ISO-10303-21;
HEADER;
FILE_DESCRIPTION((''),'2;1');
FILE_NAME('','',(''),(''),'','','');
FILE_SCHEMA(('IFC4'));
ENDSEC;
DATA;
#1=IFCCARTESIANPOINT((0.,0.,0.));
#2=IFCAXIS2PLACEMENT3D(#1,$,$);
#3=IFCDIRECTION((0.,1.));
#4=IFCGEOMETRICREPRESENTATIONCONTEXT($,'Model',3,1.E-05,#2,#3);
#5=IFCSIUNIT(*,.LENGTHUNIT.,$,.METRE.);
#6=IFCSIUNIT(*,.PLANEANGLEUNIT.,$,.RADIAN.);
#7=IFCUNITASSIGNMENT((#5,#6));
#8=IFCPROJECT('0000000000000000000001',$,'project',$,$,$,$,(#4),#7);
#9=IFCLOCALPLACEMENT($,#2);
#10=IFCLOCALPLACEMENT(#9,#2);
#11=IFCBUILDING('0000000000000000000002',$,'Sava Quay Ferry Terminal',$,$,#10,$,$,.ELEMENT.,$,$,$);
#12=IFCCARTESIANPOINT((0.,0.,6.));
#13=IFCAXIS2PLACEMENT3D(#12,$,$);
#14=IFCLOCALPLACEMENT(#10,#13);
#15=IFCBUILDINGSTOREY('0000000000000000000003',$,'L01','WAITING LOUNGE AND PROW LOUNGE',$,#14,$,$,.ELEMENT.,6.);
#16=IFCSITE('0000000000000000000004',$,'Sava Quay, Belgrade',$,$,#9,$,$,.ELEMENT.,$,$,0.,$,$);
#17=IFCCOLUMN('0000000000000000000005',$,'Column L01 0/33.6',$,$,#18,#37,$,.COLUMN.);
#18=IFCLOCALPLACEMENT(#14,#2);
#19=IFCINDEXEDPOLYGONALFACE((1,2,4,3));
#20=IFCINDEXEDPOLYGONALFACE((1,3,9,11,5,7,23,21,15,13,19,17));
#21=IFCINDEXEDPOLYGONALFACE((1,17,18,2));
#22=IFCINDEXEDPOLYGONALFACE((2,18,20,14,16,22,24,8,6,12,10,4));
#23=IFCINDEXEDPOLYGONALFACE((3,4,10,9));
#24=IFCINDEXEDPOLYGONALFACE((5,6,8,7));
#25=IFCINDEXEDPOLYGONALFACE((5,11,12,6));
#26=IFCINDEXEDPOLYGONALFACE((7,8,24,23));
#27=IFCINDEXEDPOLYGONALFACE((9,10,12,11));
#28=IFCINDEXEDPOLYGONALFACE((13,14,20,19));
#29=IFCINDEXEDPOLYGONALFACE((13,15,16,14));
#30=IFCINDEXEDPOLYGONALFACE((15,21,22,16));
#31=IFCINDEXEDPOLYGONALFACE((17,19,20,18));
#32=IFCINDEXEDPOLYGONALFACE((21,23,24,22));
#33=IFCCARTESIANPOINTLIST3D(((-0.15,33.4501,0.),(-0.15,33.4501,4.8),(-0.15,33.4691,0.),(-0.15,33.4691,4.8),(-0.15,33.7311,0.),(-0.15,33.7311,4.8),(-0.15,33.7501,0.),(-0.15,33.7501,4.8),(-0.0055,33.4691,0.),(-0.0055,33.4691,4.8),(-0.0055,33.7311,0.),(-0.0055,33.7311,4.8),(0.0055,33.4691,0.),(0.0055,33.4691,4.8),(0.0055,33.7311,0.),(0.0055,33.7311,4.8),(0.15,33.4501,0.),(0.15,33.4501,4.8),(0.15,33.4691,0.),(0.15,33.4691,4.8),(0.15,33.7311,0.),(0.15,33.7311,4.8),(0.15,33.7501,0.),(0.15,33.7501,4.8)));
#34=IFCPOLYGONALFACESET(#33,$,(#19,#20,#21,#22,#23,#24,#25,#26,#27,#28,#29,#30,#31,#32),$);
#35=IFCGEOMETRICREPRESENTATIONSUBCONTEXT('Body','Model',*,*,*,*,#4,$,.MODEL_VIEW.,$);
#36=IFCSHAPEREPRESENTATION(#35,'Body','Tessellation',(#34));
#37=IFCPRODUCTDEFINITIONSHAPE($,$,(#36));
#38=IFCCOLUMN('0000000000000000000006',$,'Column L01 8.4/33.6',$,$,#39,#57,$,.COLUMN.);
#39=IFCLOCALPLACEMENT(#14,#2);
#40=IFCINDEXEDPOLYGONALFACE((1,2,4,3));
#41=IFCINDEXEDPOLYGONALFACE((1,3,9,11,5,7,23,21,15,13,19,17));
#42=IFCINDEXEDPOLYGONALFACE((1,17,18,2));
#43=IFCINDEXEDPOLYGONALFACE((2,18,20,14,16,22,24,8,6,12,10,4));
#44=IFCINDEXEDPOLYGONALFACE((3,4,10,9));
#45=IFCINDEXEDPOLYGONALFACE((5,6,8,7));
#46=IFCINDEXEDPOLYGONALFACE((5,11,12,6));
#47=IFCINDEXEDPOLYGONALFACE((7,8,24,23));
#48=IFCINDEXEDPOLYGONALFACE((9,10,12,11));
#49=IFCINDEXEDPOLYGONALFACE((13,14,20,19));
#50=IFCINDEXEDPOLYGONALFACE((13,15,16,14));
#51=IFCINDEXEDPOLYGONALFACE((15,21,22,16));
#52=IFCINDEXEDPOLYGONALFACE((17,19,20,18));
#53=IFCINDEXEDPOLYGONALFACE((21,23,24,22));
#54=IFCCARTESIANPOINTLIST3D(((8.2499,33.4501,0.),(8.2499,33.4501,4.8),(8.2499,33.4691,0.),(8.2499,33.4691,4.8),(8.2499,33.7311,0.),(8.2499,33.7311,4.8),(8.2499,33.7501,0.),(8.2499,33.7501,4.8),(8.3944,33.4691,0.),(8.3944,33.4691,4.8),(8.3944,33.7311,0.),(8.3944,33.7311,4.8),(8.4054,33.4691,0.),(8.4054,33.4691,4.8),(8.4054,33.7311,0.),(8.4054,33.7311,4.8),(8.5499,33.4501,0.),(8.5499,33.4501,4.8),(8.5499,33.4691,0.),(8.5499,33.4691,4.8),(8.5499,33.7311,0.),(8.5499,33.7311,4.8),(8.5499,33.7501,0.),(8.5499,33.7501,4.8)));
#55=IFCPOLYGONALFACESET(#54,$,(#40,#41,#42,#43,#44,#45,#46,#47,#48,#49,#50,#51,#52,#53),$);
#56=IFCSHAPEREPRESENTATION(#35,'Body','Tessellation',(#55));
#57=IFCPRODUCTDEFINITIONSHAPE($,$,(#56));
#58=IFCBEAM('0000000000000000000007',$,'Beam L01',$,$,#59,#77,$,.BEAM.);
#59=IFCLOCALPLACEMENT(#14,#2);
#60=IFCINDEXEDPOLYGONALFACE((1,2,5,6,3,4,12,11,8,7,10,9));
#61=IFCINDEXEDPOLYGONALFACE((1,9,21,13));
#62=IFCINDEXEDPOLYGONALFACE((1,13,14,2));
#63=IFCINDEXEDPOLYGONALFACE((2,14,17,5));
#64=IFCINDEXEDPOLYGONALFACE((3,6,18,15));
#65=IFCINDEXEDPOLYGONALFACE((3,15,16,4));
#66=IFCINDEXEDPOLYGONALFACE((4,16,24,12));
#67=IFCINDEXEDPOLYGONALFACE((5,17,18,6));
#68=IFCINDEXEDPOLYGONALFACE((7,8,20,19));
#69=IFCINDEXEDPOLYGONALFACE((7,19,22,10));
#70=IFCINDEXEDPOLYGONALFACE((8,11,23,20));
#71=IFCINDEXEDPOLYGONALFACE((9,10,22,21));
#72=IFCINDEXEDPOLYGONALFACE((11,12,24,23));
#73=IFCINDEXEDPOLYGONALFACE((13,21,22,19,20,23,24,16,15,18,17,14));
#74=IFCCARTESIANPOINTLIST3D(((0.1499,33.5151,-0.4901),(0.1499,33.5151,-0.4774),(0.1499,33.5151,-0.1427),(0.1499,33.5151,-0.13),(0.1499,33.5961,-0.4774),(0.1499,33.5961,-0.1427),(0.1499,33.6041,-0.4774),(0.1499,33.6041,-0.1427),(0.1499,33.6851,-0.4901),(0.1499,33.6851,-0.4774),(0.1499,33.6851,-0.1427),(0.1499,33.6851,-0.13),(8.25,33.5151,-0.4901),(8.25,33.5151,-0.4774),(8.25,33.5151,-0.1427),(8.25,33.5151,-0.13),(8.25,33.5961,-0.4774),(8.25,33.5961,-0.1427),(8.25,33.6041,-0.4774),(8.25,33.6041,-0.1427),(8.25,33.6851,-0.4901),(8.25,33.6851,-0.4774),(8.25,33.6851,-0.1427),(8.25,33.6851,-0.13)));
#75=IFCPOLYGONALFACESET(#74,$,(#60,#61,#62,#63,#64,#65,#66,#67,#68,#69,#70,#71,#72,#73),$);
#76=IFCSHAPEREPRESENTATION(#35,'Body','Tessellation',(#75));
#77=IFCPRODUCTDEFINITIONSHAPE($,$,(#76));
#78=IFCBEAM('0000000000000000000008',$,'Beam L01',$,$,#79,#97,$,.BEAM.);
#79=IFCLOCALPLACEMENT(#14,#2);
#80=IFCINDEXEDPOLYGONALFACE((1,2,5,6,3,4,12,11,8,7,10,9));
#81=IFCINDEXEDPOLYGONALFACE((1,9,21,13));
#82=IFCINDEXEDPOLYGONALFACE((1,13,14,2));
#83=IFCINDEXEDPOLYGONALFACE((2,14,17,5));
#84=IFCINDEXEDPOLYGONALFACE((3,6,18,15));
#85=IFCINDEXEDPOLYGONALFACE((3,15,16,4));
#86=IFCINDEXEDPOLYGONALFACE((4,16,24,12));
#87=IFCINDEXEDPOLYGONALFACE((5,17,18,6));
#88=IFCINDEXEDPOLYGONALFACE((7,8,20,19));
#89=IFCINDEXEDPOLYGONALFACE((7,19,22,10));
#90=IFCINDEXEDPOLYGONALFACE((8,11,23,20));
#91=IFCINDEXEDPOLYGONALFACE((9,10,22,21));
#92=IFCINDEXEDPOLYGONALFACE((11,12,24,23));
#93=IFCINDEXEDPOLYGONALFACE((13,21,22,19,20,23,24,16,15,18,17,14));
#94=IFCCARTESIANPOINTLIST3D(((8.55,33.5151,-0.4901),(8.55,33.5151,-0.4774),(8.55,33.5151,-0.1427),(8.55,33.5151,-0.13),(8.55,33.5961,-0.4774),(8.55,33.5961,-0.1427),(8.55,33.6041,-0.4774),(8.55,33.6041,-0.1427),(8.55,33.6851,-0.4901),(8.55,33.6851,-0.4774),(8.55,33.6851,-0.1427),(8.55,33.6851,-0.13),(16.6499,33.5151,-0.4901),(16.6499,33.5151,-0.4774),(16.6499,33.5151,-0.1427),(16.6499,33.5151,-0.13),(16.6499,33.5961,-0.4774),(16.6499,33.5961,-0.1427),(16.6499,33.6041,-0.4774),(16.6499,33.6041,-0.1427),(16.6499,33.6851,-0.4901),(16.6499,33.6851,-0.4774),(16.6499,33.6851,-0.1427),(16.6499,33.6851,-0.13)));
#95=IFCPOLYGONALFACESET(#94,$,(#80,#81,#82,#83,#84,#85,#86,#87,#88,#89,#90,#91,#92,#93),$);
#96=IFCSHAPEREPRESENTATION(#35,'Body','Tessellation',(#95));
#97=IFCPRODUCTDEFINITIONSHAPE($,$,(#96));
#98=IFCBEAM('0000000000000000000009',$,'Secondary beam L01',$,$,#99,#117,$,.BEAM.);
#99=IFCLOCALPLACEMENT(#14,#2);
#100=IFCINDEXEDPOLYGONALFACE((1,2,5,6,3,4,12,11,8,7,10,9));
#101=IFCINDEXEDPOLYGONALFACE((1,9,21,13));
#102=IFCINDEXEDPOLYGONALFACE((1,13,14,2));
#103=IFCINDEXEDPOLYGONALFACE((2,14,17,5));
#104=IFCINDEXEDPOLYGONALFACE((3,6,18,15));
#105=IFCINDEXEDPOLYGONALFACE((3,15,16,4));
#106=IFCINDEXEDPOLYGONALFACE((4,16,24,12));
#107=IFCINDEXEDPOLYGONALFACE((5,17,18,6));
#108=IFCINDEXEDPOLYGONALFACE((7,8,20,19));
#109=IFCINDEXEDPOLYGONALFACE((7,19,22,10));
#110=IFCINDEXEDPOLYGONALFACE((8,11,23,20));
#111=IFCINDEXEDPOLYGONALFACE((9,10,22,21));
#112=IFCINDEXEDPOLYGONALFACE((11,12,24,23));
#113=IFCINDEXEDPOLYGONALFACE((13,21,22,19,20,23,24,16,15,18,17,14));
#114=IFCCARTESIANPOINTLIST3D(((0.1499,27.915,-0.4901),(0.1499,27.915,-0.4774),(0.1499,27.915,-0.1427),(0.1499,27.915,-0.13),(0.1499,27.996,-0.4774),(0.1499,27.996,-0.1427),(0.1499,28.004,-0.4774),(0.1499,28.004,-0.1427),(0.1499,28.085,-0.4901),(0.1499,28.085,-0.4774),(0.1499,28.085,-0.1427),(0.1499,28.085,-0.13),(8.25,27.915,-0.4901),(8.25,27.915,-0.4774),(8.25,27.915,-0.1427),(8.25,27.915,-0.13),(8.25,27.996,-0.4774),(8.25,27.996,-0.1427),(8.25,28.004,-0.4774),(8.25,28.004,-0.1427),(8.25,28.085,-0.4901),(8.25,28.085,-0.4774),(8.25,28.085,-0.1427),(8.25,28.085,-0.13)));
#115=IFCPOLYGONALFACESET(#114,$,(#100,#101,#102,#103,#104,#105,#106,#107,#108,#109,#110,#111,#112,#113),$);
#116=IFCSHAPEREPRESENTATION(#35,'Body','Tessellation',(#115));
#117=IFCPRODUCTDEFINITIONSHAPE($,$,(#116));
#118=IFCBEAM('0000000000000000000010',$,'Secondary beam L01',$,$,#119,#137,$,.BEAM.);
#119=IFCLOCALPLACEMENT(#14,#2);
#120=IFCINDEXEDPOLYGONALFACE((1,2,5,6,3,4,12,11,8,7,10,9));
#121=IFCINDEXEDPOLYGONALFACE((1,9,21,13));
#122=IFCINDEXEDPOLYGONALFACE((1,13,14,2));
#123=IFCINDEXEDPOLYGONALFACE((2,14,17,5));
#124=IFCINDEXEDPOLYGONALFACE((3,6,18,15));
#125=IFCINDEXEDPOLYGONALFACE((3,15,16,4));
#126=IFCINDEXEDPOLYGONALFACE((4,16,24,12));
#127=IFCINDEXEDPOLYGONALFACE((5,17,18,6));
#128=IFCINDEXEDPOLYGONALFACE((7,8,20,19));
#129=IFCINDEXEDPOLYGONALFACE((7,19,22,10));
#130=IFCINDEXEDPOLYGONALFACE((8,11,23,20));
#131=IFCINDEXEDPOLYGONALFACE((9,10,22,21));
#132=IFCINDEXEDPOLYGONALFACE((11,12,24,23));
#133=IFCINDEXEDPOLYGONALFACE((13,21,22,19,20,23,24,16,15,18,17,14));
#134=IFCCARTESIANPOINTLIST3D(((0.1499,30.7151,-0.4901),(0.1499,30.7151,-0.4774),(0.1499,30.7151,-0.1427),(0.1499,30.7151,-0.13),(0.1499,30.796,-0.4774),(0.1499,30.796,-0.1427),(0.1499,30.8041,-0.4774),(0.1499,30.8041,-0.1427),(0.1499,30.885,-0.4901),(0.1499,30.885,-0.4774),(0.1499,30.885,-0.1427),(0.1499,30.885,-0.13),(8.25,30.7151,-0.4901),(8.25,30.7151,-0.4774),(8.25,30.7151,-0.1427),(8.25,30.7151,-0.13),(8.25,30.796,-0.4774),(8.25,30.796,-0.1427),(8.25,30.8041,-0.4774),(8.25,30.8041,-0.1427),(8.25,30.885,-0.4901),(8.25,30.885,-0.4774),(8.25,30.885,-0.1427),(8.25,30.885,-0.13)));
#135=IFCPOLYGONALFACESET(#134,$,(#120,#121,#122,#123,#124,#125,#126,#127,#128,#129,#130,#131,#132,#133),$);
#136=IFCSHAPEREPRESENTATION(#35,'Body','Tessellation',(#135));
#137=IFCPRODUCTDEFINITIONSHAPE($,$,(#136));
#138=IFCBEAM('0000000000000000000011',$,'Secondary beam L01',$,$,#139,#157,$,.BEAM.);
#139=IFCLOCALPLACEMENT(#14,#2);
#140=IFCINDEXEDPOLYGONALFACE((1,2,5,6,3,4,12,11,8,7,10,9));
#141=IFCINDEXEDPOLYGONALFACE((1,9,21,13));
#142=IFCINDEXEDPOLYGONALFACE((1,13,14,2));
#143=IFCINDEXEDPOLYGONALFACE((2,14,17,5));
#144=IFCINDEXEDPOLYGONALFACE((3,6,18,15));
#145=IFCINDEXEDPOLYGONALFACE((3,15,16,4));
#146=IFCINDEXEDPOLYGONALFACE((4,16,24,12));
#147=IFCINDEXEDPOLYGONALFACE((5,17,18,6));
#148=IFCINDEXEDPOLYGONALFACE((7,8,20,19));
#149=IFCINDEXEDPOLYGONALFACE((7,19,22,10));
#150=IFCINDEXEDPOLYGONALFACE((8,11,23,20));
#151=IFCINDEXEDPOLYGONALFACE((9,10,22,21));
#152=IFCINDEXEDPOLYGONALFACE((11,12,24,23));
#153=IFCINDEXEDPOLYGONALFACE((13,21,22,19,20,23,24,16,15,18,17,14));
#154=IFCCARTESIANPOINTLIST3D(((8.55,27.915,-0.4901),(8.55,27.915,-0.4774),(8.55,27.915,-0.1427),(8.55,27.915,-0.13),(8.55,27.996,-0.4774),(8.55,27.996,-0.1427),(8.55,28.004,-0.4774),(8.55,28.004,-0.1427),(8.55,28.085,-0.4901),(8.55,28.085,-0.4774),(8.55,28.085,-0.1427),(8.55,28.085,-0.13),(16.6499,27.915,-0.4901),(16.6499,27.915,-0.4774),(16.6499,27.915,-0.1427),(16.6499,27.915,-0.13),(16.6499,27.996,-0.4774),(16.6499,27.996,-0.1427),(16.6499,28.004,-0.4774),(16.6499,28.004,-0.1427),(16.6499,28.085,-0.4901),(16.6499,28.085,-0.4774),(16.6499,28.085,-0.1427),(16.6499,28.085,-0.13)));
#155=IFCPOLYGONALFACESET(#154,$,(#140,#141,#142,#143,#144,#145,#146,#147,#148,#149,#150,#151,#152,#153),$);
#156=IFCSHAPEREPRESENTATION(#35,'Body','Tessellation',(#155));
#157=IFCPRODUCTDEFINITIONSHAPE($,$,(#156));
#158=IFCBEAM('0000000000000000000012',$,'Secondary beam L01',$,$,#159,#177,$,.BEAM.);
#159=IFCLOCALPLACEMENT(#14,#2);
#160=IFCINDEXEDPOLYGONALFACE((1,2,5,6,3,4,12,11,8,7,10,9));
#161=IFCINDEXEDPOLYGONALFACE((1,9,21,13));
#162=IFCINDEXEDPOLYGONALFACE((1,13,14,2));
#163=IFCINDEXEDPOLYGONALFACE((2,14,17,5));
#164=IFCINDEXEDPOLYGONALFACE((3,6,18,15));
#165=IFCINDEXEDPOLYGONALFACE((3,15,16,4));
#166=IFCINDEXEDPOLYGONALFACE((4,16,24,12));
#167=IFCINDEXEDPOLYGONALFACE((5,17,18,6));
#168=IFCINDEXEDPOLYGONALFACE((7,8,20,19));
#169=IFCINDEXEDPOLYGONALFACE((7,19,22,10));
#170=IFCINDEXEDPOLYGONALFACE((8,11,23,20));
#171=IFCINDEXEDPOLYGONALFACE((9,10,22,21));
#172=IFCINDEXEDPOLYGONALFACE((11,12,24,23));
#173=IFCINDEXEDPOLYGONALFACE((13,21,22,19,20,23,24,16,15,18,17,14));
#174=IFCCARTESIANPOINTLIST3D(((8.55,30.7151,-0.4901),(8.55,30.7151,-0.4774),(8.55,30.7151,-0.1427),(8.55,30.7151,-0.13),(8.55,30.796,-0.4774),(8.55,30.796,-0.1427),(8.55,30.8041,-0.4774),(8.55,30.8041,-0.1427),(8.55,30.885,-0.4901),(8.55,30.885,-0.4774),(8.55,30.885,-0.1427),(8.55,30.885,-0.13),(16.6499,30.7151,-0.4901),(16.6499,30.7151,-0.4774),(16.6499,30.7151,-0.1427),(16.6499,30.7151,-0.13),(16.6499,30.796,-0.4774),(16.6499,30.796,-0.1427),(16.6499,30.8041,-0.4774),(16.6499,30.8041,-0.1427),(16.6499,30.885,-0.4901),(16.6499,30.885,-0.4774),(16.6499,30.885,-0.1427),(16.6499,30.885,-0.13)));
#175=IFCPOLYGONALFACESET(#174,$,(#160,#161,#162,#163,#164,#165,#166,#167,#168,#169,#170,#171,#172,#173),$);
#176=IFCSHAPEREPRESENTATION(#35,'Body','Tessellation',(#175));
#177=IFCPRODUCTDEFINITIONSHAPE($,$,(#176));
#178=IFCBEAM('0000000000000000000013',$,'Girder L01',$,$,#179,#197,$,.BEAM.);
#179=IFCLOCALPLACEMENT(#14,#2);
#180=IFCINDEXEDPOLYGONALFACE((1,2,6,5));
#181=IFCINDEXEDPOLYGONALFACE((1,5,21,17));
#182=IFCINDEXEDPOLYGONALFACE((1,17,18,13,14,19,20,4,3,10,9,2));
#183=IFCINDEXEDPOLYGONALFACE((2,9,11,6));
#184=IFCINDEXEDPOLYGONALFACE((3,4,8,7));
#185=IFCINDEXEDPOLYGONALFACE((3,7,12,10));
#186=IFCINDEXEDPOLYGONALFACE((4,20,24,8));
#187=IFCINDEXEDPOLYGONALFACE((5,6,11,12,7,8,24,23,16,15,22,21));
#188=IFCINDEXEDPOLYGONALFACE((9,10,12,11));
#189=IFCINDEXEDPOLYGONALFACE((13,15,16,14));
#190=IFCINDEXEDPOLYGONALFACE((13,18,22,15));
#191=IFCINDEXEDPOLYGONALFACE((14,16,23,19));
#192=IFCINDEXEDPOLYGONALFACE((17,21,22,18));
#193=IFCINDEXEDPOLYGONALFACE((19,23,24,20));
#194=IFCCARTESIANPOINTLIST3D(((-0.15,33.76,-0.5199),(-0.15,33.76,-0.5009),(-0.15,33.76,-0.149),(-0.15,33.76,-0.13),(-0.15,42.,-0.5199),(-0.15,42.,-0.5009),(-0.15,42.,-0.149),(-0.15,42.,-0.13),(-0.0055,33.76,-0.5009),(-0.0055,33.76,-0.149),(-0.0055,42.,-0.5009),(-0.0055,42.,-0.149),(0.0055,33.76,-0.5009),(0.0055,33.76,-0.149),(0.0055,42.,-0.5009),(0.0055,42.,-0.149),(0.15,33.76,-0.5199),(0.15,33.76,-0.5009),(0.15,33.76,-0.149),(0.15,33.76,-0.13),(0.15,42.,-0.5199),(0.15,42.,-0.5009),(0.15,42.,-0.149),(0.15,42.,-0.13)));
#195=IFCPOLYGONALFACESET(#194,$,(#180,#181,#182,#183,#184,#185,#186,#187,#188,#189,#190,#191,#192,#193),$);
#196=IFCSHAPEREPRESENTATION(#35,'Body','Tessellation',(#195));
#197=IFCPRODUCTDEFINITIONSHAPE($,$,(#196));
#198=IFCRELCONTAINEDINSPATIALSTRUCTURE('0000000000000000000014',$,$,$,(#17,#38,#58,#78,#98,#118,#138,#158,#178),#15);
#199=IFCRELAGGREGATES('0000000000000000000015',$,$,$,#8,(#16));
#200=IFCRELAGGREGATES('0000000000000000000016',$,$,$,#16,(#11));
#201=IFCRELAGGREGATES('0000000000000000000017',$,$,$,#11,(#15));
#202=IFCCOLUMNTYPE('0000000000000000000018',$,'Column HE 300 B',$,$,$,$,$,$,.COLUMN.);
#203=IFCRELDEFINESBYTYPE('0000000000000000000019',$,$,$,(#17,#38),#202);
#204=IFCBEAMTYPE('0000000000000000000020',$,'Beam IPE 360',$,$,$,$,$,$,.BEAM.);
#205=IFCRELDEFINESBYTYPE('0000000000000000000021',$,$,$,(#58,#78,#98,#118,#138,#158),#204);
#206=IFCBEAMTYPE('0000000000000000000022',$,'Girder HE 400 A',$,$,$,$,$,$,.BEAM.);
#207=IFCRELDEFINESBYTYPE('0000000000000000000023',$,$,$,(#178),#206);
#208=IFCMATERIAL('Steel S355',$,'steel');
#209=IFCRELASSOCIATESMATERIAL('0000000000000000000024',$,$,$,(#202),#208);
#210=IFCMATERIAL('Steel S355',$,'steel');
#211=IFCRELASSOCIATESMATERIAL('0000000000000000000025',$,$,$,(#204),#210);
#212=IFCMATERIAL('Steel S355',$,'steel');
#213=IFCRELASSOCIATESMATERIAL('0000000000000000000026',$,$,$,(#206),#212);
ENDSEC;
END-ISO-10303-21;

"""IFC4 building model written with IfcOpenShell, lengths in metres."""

from ifc_helpers import new_model, si_unit, direction, frame, origin, origin_2d, place, context, subcontext, project, spatial, i_section, extrude, material, material_profile, profile_set, type_object, element, save


model = new_model("IFC4")

# Units and contexts
model_context = context("Model", 3, precision=1e-05, world=origin(), true_north=direction((0.0, 1.0)))
body_context = subcontext(model_context, "Body", "Model", "MODEL_VIEW")
ifc_project = project(units=[si_unit("LENGTHUNIT", "METRE"), si_unit("PLANEANGLEUNIT", "RADIAN")], contexts=[model_context])

# Site, building, storey
site_placement = place(None, origin())
site = spatial("IfcSite", under=ifc_project, at=site_placement, Name="Sava Quay, Belgrade", CompositionType="ELEMENT", RefElevation=0.0)
building_placement = place(site_placement, origin())
building = spatial("IfcBuilding", under=site, at=building_placement, Name="Sava Quay Ferry Terminal", CompositionType="ELEMENT")
storey_placement = place(building_placement, frame((0.0, 0.0, 6.0)))
storey = spatial("IfcBuildingStorey", under=building, at=storey_placement, Name="L01", Description="WAITING LOUNGE AND PROW LOUNGE", CompositionType="ELEMENT", Elevation=6.0)

# Columns
ifc_material_1 = material(Name="Steel S355", Category="steel")
ifc_material_profile_1 = material_profile(ifc_material_1, i_section(OverallWidth=0.3, OverallDepth=0.3, WebThickness=0.011, FlangeThickness=0.019, at=origin_2d()), Name="HE 300 B")
ifc_profile_set_1 = profile_set([ifc_material_profile_1], Name="Steel S355")
column_type = type_object("IfcColumnType", Name="Column HE 300 B", PredefinedType="COLUMN", material=ifc_profile_set_1)
for number, where, z_axis, x_axis, name in (
    (1, (0.0, 33.6001, 0.0), (0.0, 0.0, 1.0), (1.0, 0.0, 0.0), "Column L01 0/33.6"),
    (2, (8.3999, 33.6001, 0.0), (0.0, 0.0, 1.0), (1.0, 0.0, 0.0), "Column L01 8.4/33.6"),
):
    element("IfcColumn", number, at=place(storey_placement, frame(where, z_axis=z_axis, x_axis=x_axis)), inside=storey, type_object=column_type, Name=name, PredefinedType="COLUMN", context=body_context, shape_type="SweptSolid", body=[
        extrude(i_section(OverallWidth=0.3, OverallDepth=0.3, WebThickness=0.011, FlangeThickness=0.019, at=origin_2d()), origin(), (0.0, 0.0, 1.0), 4.8),
    ])

# Beams
ifc_material_2 = material(Name="Steel S355", Category="steel")
ifc_material_profile_2 = material_profile(ifc_material_2, i_section(OverallWidth=0.1699, OverallDepth=0.3601, WebThickness=0.0081, FlangeThickness=0.0127, at=origin_2d()), Name="IPE 360")
ifc_profile_set_2 = profile_set([ifc_material_profile_2], Name="Steel S355")
beam_type_1 = type_object("IfcBeamType", Name="Beam IPE 360", PredefinedType="BEAM", material=ifc_profile_set_2)
beam_1_placement = place(storey_placement, frame((0.1499, 33.6001, -0.3101), z_axis=(1.0, 0.0, 0.0), x_axis=(0.0, 1.0, 0.0)))
element("IfcBeam", 3, at=beam_1_placement, inside=storey, type_object=beam_type_1, Name="Beam L01", PredefinedType="BEAM", context=body_context, shape_type="SweptSolid", body=[
    extrude(i_section(OverallWidth=0.1699, OverallDepth=0.3601, WebThickness=0.0081, FlangeThickness=0.0127, at=origin_2d()), origin(), (0.0, 0.0, 1.0), 8.1001),
])
beam_2_placement = place(storey_placement, frame((8.55, 33.6001, -0.3101), z_axis=(1.0, 0.0, 0.0), x_axis=(0.0, 1.0, 0.0)))
element("IfcBeam", 4, at=beam_2_placement, inside=storey, type_object=beam_type_1, Name="Beam L01", PredefinedType="BEAM", context=body_context, shape_type="SweptSolid", body=[
    extrude(i_section(OverallWidth=0.1699, OverallDepth=0.3601, WebThickness=0.0081, FlangeThickness=0.0127, at=origin_2d()), origin(), (0.0, 0.0, 1.0), 8.0999),
])
for number, where, z_axis, x_axis, name in (
    (5, (0.1499, 28.0, -0.3101), (1.0, 0.0, 0.0), (0.0, 1.0, 0.0), "Secondary beam L01"),
    (6, (0.1499, 30.8, -0.3101), (1.0, 0.0, 0.0), (0.0, 1.0, 0.0), "Secondary beam L01"),
):
    element("IfcBeam", number, at=place(storey_placement, frame(where, z_axis=z_axis, x_axis=x_axis)), inside=storey, type_object=beam_type_1, Name=name, PredefinedType="BEAM", context=body_context, shape_type="SweptSolid", body=[
        extrude(i_section(OverallWidth=0.1699, OverallDepth=0.3601, WebThickness=0.0081, FlangeThickness=0.0127, at=origin_2d()), origin(), (0.0, 0.0, 1.0), 8.1001),
    ])
for number, where, z_axis, x_axis, name in (
    (7, (8.55, 28.0, -0.3101), (1.0, 0.0, 0.0), (0.0, 1.0, 0.0), "Secondary beam L01"),
    (8, (8.55, 30.8, -0.3101), (1.0, 0.0, 0.0), (0.0, 1.0, 0.0), "Secondary beam L01"),
):
    element("IfcBeam", number, at=place(storey_placement, frame(where, z_axis=z_axis, x_axis=x_axis)), inside=storey, type_object=beam_type_1, Name=name, PredefinedType="BEAM", context=body_context, shape_type="SweptSolid", body=[
        extrude(i_section(OverallWidth=0.1699, OverallDepth=0.3601, WebThickness=0.0081, FlangeThickness=0.0127, at=origin_2d()), origin(), (0.0, 0.0, 1.0), 8.0999),
    ])
ifc_material_3 = material(Name="Steel S355", Category="steel")
ifc_material_profile_3 = material_profile(ifc_material_3, i_section(OverallWidth=0.3, OverallDepth=0.3899, WebThickness=0.011, FlangeThickness=0.019, at=origin_2d()), Name="HE 400 A")
ifc_profile_set_3 = profile_set([ifc_material_profile_3], Name="Steel S355")
beam_type_2 = type_object("IfcBeamType", Name="Girder HE 400 A", PredefinedType="BEAM", material=ifc_profile_set_3)
beam_3_placement = place(storey_placement, frame((0.0, 33.76, -0.325), z_axis=(0.0, 1.0, 0.0), x_axis=(-1.0, 0.0, 0.0)))
element("IfcBeam", 9, at=beam_3_placement, inside=storey, type_object=beam_type_2, Name="Girder L01", PredefinedType="BEAM", context=body_context, shape_type="SweptSolid", body=[
    extrude(i_section(OverallWidth=0.3, OverallDepth=0.3899, WebThickness=0.011, FlangeThickness=0.019, at=origin_2d()), origin(), (0.0, 0.0, 1.0), 8.24),
])

save(model, "model.ifc")
